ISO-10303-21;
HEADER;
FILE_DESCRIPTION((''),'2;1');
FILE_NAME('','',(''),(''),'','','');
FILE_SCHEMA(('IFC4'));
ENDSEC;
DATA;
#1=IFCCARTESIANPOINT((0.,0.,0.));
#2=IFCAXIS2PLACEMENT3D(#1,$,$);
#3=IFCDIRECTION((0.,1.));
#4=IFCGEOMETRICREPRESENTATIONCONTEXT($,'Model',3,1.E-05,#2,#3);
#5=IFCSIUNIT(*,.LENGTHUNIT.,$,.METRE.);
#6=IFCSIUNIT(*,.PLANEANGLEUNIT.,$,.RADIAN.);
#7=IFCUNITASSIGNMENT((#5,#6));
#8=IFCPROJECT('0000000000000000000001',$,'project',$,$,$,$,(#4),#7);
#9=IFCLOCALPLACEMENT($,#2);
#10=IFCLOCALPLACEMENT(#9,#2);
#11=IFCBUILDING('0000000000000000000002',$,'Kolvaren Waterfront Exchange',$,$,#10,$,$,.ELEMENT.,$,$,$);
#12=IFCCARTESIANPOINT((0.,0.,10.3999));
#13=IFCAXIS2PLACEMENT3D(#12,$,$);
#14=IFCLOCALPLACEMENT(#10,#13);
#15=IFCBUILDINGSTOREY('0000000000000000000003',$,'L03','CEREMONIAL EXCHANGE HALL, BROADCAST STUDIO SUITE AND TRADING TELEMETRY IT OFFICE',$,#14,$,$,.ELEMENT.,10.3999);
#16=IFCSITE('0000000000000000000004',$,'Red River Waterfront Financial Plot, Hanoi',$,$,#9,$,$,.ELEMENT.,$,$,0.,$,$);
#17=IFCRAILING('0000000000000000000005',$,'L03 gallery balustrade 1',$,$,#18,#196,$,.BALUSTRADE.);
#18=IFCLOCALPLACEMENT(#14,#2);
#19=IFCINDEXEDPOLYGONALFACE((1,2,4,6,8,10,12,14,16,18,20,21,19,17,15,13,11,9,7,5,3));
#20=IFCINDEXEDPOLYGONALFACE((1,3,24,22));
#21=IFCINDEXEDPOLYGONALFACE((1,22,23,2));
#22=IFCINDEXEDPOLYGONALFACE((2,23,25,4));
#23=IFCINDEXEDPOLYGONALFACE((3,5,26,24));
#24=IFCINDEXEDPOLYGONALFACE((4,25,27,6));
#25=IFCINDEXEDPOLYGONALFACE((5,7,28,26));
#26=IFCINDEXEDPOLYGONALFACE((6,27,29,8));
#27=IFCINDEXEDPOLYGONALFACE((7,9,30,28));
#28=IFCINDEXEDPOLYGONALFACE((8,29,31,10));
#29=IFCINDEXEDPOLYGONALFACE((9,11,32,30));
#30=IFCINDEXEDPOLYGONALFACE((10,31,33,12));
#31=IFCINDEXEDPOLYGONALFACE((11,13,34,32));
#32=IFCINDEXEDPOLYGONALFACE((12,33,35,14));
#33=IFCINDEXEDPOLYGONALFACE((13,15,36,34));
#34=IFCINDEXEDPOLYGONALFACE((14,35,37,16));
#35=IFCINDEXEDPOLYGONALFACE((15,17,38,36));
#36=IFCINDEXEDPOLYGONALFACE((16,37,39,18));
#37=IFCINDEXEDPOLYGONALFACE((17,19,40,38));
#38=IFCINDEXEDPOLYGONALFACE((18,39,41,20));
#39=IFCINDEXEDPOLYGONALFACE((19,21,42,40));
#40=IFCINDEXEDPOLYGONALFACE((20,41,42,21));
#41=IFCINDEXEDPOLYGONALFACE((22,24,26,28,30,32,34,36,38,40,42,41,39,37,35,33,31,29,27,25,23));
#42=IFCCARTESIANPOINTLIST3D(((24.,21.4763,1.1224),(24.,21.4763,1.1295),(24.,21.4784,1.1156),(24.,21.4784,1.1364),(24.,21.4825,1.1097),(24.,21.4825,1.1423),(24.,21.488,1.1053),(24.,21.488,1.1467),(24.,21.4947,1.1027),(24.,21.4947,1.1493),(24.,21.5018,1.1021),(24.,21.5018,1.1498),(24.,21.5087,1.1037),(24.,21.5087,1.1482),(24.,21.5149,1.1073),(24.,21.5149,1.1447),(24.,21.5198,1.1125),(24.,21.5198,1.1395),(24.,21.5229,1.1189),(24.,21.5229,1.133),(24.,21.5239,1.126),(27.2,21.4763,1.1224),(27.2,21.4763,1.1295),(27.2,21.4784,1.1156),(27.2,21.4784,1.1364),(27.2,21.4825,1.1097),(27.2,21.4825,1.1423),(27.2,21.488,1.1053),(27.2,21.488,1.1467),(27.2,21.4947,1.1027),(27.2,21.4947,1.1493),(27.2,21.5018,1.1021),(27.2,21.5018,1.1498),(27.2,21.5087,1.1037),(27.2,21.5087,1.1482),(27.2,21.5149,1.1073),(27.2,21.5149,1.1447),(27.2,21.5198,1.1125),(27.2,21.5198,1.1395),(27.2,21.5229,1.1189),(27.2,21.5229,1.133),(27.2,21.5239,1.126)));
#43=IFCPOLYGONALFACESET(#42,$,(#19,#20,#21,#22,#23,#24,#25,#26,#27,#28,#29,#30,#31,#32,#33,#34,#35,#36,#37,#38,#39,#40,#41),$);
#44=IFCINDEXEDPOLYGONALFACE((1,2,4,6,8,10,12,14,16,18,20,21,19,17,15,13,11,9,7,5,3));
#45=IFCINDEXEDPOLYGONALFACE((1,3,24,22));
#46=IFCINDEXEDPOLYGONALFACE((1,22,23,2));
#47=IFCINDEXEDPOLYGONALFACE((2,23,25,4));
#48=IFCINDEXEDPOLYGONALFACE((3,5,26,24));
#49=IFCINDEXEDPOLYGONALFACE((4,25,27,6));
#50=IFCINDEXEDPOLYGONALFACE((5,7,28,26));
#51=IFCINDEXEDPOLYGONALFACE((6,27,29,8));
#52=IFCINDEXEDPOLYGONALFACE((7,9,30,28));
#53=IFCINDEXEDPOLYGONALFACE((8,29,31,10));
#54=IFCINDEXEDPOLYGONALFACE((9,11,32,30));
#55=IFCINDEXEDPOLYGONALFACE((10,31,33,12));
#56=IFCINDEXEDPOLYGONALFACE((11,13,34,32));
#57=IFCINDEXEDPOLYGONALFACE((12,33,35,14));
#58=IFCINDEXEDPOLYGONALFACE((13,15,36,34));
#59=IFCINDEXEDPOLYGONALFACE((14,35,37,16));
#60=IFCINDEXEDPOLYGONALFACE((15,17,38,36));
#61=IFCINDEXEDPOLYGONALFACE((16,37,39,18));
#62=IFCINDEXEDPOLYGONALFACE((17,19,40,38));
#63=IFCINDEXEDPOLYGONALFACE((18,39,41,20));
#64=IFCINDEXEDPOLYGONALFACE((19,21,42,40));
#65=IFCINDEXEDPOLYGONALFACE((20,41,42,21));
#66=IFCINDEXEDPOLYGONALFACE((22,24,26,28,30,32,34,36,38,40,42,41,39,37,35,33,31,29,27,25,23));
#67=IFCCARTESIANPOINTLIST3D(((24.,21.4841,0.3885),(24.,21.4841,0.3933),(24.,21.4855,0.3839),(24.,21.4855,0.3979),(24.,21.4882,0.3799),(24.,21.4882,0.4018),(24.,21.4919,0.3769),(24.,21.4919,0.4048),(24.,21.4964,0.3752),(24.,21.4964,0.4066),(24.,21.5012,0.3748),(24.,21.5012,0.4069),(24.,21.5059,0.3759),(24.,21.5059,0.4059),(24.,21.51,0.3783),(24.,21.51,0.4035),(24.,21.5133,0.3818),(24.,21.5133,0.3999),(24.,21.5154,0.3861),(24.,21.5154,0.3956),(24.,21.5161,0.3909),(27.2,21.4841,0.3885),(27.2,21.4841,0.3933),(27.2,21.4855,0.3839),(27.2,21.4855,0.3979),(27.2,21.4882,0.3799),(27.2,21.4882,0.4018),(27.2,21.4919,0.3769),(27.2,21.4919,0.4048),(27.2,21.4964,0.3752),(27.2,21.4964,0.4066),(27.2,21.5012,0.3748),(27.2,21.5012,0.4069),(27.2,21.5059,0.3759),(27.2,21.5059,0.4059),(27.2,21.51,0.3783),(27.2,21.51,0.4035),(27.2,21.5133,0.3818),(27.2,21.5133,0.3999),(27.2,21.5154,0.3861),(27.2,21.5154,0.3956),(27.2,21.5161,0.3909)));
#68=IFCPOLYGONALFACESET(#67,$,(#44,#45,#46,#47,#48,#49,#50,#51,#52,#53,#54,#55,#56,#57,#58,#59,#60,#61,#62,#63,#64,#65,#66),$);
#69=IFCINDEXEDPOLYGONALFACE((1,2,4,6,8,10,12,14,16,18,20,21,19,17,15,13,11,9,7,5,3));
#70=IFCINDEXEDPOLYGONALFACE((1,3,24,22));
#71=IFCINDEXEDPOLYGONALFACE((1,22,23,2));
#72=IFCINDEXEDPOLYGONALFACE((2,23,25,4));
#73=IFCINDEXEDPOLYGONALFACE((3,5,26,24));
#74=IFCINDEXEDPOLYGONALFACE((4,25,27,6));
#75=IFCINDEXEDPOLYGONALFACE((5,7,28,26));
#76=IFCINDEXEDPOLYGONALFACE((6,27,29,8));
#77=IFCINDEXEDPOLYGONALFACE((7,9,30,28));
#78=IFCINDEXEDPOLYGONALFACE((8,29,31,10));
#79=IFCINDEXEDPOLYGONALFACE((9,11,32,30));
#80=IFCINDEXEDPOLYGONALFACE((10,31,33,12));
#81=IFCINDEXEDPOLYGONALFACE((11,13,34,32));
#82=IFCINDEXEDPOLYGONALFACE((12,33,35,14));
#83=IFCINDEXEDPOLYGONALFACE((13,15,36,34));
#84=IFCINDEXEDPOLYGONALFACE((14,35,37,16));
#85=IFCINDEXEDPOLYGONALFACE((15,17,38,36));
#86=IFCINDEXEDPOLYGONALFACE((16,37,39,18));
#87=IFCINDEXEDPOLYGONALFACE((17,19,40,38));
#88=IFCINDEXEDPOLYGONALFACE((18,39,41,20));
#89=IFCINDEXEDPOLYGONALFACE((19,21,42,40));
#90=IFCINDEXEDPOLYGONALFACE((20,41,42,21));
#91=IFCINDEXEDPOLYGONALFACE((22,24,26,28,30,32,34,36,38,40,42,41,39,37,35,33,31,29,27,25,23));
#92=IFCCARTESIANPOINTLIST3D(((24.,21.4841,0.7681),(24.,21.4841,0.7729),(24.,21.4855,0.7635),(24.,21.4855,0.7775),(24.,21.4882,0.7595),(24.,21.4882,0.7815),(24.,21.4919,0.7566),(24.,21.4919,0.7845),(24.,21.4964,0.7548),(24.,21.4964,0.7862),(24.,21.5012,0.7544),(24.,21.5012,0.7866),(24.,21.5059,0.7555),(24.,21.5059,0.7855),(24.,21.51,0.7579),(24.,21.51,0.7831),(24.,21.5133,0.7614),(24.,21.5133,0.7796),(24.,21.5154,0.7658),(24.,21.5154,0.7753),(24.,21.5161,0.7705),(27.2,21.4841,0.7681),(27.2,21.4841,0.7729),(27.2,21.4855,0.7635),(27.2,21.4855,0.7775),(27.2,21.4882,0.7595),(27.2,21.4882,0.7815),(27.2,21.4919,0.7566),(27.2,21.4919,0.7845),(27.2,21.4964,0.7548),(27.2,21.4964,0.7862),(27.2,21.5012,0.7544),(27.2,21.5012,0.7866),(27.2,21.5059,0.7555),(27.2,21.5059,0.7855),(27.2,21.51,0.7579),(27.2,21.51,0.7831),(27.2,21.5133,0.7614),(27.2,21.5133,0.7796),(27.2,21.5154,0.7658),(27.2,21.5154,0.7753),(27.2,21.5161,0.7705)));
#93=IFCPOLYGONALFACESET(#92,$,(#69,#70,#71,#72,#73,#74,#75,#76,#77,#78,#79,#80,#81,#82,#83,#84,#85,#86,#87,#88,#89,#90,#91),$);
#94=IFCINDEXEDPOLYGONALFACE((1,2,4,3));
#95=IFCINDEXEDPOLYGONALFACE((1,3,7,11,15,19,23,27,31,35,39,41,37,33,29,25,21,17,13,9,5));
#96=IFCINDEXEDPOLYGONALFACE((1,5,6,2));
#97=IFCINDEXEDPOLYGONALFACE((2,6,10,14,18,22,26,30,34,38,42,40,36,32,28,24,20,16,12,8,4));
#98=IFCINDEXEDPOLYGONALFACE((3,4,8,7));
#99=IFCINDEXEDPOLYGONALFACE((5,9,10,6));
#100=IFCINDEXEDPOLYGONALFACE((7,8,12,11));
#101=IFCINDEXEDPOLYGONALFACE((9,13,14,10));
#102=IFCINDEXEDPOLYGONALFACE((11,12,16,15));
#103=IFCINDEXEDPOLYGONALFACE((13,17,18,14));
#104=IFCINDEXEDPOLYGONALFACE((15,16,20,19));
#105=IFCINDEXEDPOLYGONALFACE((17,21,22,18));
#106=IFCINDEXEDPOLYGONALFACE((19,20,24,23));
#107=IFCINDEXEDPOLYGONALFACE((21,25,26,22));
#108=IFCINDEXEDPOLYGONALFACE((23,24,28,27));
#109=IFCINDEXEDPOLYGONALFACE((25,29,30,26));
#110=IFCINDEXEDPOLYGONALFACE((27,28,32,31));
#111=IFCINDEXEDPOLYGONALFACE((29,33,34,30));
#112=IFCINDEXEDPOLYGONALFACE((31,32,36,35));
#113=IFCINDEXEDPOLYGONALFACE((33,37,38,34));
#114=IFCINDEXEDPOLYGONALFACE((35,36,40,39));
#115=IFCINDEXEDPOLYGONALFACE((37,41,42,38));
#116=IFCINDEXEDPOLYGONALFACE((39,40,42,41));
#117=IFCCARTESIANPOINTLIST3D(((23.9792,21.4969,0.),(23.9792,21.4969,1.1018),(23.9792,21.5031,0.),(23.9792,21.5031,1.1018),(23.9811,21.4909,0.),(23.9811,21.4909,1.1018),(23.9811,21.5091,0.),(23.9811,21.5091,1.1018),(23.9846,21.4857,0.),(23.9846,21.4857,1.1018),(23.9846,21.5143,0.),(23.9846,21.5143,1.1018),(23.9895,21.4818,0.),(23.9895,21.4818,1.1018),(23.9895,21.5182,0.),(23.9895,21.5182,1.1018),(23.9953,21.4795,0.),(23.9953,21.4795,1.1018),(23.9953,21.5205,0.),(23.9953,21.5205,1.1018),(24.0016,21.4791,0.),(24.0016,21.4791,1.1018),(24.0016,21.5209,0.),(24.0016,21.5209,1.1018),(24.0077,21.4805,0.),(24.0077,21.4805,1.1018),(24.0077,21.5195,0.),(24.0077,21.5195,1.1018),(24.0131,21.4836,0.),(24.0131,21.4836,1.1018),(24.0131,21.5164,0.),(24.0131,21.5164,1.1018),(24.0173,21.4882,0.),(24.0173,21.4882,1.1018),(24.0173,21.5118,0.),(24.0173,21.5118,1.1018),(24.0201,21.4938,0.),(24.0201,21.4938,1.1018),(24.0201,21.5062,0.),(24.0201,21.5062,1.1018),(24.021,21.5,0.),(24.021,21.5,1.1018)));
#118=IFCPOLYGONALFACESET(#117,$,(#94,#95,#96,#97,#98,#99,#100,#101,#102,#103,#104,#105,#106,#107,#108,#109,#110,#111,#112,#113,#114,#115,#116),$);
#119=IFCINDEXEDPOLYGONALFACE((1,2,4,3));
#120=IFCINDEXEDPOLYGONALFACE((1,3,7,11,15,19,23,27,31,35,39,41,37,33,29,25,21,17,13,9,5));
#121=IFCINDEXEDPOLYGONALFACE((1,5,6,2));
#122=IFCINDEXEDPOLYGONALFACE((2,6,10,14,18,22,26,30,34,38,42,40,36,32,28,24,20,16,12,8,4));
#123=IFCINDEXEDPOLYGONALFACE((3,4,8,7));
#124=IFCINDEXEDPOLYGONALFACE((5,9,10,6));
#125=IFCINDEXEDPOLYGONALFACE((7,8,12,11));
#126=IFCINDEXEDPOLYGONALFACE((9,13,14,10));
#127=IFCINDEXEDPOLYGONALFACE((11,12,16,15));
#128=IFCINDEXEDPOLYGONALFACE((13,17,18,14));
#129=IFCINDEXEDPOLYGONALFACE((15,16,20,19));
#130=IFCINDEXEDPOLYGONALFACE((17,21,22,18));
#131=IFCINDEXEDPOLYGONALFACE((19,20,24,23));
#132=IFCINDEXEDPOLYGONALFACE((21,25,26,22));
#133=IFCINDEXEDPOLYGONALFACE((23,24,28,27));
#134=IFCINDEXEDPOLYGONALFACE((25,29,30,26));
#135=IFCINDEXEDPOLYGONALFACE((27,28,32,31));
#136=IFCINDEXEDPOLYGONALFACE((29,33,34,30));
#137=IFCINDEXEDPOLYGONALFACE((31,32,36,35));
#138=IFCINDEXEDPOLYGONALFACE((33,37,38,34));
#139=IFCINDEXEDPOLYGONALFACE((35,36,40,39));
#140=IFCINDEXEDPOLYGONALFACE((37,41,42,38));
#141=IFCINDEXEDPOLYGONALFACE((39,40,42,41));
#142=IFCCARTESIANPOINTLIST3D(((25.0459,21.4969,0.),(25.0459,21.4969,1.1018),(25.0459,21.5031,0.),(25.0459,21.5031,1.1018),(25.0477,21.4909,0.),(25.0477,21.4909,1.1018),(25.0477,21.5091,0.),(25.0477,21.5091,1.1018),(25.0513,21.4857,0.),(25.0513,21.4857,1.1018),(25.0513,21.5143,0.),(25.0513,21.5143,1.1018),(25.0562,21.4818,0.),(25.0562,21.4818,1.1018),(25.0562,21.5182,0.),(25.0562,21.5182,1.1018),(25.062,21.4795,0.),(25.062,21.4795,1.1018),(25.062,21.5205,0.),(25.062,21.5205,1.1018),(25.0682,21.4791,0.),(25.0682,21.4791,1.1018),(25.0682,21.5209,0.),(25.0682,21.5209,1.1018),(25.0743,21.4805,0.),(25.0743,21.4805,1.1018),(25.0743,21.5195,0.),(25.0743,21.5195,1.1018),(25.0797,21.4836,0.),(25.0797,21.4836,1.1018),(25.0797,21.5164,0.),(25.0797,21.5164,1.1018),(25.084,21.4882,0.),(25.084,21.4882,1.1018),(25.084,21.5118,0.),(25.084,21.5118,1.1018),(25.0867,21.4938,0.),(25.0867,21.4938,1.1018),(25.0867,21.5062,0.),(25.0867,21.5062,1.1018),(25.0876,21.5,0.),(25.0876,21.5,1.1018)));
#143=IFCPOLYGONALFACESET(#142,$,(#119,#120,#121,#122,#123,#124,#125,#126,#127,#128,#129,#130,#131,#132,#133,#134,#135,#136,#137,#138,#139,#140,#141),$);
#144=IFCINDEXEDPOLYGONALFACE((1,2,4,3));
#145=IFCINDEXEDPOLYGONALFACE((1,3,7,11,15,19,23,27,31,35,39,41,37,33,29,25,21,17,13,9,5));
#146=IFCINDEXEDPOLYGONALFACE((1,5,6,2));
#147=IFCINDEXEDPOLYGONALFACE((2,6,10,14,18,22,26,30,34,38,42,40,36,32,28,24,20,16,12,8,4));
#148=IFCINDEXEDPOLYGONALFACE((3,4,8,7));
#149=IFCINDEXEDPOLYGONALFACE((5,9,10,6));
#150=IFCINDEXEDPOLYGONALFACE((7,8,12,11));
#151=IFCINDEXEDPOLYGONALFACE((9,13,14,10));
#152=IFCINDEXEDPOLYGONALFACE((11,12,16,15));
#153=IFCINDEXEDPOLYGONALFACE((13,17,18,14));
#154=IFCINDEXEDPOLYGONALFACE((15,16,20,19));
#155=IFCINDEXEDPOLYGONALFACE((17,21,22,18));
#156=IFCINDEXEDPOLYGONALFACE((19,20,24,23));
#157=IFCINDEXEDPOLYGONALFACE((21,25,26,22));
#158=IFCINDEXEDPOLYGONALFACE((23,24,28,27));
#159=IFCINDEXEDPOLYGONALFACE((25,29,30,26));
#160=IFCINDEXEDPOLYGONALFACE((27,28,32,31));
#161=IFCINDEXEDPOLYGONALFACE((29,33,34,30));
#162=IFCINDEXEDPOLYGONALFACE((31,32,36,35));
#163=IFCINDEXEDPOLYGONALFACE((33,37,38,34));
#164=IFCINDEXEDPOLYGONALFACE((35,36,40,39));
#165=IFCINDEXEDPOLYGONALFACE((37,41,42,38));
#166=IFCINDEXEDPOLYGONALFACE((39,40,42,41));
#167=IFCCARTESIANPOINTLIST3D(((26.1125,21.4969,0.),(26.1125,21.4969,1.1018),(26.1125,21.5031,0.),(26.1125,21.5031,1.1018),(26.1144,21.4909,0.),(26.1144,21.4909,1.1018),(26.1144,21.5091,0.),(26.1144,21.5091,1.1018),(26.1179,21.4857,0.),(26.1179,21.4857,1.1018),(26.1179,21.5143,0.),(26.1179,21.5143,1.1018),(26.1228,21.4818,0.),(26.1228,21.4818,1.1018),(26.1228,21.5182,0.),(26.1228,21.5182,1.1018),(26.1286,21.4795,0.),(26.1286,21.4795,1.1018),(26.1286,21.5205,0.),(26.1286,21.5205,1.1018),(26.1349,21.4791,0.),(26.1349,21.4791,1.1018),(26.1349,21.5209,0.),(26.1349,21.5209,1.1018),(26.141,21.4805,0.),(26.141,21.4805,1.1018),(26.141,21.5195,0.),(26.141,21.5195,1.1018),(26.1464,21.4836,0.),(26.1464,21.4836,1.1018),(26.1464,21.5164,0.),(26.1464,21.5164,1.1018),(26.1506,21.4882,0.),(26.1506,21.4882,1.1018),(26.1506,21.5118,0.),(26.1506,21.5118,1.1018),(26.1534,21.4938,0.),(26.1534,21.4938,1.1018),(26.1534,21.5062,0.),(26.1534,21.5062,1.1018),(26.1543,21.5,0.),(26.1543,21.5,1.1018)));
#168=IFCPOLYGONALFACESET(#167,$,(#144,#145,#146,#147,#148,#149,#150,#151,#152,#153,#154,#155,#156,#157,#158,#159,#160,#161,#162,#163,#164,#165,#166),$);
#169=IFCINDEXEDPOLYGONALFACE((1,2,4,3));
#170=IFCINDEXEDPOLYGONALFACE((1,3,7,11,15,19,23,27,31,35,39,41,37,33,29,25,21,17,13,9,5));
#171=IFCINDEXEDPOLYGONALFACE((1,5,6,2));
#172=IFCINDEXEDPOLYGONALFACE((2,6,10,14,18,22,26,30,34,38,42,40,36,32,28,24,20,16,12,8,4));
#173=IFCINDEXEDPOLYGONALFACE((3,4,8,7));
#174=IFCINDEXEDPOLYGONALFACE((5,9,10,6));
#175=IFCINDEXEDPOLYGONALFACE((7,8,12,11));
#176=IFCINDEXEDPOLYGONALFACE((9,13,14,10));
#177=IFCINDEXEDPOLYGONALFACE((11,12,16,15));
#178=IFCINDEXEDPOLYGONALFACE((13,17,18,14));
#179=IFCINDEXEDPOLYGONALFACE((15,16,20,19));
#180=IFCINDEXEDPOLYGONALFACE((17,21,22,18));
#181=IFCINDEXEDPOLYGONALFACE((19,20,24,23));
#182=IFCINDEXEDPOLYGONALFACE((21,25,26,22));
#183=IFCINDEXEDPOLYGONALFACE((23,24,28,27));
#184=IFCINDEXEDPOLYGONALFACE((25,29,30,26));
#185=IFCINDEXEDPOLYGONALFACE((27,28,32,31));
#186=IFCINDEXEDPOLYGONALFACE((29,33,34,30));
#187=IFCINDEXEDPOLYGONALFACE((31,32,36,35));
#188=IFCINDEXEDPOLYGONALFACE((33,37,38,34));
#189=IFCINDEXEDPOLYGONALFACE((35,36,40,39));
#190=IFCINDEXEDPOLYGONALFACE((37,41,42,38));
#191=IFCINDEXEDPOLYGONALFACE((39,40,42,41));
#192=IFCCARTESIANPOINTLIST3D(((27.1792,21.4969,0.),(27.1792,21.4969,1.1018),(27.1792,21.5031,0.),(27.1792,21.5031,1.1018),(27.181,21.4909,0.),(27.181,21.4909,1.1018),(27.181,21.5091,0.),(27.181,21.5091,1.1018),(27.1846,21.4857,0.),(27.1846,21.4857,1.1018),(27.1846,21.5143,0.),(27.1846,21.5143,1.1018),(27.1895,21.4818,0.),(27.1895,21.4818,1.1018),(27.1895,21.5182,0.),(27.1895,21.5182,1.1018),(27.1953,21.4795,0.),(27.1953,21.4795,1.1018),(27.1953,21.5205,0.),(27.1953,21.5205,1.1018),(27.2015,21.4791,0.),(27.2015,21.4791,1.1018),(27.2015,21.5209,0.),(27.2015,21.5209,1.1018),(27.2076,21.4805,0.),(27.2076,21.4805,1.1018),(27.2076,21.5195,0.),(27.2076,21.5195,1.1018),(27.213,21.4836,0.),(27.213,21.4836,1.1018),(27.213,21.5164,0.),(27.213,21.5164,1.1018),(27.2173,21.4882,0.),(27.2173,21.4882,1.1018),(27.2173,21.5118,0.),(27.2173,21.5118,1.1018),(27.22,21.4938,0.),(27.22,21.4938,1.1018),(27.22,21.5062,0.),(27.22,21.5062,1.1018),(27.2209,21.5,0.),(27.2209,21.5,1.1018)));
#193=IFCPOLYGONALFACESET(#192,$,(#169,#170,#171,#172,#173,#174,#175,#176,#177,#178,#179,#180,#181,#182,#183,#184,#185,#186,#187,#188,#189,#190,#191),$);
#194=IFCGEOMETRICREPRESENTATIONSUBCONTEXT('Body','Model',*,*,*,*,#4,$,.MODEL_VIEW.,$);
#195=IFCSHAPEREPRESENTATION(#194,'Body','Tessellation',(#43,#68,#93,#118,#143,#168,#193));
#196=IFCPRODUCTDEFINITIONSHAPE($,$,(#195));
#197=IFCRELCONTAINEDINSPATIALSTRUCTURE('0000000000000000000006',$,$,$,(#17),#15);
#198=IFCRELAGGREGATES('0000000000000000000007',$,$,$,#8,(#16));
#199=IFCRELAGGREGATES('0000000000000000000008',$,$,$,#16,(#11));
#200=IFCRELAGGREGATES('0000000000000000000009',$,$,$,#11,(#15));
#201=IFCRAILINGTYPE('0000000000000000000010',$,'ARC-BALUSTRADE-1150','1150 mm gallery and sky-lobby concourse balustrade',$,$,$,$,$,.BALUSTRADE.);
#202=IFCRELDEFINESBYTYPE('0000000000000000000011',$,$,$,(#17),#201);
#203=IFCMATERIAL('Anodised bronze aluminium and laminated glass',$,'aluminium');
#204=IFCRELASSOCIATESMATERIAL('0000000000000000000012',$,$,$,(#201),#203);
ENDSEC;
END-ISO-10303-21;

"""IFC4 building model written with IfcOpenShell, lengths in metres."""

from ifc_helpers import new_model, si_unit, direction, frame, origin, origin_2d, place, context, subcontext, project, spatial, circle, extrude, material, type_object, element, save


model = new_model("IFC4")

# Units and contexts
model_context = context("Model", 3, precision=1e-05, world=origin(), true_north=direction((0.0, 1.0)))
body_context = subcontext(model_context, "Body", "Model", "MODEL_VIEW")
ifc_project = project(units=[si_unit("LENGTHUNIT", "METRE"), si_unit("PLANEANGLEUNIT", "RADIAN")], contexts=[model_context])

# Site, building, storey
site_placement = place(None, origin())
site = spatial("IfcSite", under=ifc_project, at=site_placement, Name="Red River Waterfront Financial Plot, Hanoi", CompositionType="ELEMENT", RefElevation=0.0)
building_placement = place(site_placement, origin())
building = spatial("IfcBuilding", under=site, at=building_placement, Name="Kolvaren Waterfront Exchange", CompositionType="ELEMENT")
storey_placement = place(building_placement, frame((0.0, 0.0, 10.3999)))
storey = spatial("IfcBuildingStorey", under=building, at=storey_placement, Name="L03", Description="CEREMONIAL EXCHANGE HALL, BROADCAST STUDIO SUITE AND TRADING TELEMETRY IT OFFICE", CompositionType="ELEMENT", Elevation=10.3999)

# Railing
ifc_material_1 = material(Name="Anodised bronze aluminium and laminated glass", Category="aluminium")
railing_type = type_object("IfcRailingType", Name="ARC-BALUSTRADE-1150", Description="1150 mm gallery and sky-lobby concourse balustrade", PredefinedType="BALUSTRADE", material=ifc_material_1)
for number, where, name in (
    (1, (24.0, 21.5, 0.0), "L03 gallery balustrade 1"),
):
    element("IfcRailing", number, at=place(storey_placement, frame(where)), inside=storey, type_object=railing_type, Name=name, PredefinedType="BALUSTRADE", context=body_context, shape_type="SweptSolid", body=[
        extrude(circle(Radius=0.0239, at=origin_2d()), frame((0.0, 0.0, 1.126), z_axis=(1.0, 0.0, 0.0), x_axis=(0.0, 1.0, 0.0)), (0.0, 0.0, 1.0), 3.2),
        extrude(circle(Radius=0.0161, at=origin_2d()), frame((0.0, 0.0, 0.3909), z_axis=(1.0, 0.0, 0.0), x_axis=(0.0, 1.0, 0.0)), (0.0, 0.0, 1.0), 3.2),
        extrude(circle(Radius=0.0161, at=origin_2d()), frame((0.0, 0.0, 0.7705), z_axis=(1.0, 0.0, 0.0), x_axis=(0.0, 1.0, 0.0)), (0.0, 0.0, 1.0), 3.2),
        extrude(circle(Radius=0.021, at=origin_2d()), origin(), (0.0, 0.0, 1.0), 1.1018),
        extrude(circle(Radius=0.021, at=origin_2d()), frame((1.0667, 0.0, 0.0)), (0.0, 0.0, 1.0), 1.1018),
        extrude(circle(Radius=0.021, at=origin_2d()), frame((2.1333, 0.0, 0.0)), (0.0, 0.0, 1.0), 1.1018),
        extrude(circle(Radius=0.021, at=origin_2d()), frame((3.2, 0.0, 0.0)), (0.0, 0.0, 1.0), 1.1018),
    ])

save(model, "model.ifc")
